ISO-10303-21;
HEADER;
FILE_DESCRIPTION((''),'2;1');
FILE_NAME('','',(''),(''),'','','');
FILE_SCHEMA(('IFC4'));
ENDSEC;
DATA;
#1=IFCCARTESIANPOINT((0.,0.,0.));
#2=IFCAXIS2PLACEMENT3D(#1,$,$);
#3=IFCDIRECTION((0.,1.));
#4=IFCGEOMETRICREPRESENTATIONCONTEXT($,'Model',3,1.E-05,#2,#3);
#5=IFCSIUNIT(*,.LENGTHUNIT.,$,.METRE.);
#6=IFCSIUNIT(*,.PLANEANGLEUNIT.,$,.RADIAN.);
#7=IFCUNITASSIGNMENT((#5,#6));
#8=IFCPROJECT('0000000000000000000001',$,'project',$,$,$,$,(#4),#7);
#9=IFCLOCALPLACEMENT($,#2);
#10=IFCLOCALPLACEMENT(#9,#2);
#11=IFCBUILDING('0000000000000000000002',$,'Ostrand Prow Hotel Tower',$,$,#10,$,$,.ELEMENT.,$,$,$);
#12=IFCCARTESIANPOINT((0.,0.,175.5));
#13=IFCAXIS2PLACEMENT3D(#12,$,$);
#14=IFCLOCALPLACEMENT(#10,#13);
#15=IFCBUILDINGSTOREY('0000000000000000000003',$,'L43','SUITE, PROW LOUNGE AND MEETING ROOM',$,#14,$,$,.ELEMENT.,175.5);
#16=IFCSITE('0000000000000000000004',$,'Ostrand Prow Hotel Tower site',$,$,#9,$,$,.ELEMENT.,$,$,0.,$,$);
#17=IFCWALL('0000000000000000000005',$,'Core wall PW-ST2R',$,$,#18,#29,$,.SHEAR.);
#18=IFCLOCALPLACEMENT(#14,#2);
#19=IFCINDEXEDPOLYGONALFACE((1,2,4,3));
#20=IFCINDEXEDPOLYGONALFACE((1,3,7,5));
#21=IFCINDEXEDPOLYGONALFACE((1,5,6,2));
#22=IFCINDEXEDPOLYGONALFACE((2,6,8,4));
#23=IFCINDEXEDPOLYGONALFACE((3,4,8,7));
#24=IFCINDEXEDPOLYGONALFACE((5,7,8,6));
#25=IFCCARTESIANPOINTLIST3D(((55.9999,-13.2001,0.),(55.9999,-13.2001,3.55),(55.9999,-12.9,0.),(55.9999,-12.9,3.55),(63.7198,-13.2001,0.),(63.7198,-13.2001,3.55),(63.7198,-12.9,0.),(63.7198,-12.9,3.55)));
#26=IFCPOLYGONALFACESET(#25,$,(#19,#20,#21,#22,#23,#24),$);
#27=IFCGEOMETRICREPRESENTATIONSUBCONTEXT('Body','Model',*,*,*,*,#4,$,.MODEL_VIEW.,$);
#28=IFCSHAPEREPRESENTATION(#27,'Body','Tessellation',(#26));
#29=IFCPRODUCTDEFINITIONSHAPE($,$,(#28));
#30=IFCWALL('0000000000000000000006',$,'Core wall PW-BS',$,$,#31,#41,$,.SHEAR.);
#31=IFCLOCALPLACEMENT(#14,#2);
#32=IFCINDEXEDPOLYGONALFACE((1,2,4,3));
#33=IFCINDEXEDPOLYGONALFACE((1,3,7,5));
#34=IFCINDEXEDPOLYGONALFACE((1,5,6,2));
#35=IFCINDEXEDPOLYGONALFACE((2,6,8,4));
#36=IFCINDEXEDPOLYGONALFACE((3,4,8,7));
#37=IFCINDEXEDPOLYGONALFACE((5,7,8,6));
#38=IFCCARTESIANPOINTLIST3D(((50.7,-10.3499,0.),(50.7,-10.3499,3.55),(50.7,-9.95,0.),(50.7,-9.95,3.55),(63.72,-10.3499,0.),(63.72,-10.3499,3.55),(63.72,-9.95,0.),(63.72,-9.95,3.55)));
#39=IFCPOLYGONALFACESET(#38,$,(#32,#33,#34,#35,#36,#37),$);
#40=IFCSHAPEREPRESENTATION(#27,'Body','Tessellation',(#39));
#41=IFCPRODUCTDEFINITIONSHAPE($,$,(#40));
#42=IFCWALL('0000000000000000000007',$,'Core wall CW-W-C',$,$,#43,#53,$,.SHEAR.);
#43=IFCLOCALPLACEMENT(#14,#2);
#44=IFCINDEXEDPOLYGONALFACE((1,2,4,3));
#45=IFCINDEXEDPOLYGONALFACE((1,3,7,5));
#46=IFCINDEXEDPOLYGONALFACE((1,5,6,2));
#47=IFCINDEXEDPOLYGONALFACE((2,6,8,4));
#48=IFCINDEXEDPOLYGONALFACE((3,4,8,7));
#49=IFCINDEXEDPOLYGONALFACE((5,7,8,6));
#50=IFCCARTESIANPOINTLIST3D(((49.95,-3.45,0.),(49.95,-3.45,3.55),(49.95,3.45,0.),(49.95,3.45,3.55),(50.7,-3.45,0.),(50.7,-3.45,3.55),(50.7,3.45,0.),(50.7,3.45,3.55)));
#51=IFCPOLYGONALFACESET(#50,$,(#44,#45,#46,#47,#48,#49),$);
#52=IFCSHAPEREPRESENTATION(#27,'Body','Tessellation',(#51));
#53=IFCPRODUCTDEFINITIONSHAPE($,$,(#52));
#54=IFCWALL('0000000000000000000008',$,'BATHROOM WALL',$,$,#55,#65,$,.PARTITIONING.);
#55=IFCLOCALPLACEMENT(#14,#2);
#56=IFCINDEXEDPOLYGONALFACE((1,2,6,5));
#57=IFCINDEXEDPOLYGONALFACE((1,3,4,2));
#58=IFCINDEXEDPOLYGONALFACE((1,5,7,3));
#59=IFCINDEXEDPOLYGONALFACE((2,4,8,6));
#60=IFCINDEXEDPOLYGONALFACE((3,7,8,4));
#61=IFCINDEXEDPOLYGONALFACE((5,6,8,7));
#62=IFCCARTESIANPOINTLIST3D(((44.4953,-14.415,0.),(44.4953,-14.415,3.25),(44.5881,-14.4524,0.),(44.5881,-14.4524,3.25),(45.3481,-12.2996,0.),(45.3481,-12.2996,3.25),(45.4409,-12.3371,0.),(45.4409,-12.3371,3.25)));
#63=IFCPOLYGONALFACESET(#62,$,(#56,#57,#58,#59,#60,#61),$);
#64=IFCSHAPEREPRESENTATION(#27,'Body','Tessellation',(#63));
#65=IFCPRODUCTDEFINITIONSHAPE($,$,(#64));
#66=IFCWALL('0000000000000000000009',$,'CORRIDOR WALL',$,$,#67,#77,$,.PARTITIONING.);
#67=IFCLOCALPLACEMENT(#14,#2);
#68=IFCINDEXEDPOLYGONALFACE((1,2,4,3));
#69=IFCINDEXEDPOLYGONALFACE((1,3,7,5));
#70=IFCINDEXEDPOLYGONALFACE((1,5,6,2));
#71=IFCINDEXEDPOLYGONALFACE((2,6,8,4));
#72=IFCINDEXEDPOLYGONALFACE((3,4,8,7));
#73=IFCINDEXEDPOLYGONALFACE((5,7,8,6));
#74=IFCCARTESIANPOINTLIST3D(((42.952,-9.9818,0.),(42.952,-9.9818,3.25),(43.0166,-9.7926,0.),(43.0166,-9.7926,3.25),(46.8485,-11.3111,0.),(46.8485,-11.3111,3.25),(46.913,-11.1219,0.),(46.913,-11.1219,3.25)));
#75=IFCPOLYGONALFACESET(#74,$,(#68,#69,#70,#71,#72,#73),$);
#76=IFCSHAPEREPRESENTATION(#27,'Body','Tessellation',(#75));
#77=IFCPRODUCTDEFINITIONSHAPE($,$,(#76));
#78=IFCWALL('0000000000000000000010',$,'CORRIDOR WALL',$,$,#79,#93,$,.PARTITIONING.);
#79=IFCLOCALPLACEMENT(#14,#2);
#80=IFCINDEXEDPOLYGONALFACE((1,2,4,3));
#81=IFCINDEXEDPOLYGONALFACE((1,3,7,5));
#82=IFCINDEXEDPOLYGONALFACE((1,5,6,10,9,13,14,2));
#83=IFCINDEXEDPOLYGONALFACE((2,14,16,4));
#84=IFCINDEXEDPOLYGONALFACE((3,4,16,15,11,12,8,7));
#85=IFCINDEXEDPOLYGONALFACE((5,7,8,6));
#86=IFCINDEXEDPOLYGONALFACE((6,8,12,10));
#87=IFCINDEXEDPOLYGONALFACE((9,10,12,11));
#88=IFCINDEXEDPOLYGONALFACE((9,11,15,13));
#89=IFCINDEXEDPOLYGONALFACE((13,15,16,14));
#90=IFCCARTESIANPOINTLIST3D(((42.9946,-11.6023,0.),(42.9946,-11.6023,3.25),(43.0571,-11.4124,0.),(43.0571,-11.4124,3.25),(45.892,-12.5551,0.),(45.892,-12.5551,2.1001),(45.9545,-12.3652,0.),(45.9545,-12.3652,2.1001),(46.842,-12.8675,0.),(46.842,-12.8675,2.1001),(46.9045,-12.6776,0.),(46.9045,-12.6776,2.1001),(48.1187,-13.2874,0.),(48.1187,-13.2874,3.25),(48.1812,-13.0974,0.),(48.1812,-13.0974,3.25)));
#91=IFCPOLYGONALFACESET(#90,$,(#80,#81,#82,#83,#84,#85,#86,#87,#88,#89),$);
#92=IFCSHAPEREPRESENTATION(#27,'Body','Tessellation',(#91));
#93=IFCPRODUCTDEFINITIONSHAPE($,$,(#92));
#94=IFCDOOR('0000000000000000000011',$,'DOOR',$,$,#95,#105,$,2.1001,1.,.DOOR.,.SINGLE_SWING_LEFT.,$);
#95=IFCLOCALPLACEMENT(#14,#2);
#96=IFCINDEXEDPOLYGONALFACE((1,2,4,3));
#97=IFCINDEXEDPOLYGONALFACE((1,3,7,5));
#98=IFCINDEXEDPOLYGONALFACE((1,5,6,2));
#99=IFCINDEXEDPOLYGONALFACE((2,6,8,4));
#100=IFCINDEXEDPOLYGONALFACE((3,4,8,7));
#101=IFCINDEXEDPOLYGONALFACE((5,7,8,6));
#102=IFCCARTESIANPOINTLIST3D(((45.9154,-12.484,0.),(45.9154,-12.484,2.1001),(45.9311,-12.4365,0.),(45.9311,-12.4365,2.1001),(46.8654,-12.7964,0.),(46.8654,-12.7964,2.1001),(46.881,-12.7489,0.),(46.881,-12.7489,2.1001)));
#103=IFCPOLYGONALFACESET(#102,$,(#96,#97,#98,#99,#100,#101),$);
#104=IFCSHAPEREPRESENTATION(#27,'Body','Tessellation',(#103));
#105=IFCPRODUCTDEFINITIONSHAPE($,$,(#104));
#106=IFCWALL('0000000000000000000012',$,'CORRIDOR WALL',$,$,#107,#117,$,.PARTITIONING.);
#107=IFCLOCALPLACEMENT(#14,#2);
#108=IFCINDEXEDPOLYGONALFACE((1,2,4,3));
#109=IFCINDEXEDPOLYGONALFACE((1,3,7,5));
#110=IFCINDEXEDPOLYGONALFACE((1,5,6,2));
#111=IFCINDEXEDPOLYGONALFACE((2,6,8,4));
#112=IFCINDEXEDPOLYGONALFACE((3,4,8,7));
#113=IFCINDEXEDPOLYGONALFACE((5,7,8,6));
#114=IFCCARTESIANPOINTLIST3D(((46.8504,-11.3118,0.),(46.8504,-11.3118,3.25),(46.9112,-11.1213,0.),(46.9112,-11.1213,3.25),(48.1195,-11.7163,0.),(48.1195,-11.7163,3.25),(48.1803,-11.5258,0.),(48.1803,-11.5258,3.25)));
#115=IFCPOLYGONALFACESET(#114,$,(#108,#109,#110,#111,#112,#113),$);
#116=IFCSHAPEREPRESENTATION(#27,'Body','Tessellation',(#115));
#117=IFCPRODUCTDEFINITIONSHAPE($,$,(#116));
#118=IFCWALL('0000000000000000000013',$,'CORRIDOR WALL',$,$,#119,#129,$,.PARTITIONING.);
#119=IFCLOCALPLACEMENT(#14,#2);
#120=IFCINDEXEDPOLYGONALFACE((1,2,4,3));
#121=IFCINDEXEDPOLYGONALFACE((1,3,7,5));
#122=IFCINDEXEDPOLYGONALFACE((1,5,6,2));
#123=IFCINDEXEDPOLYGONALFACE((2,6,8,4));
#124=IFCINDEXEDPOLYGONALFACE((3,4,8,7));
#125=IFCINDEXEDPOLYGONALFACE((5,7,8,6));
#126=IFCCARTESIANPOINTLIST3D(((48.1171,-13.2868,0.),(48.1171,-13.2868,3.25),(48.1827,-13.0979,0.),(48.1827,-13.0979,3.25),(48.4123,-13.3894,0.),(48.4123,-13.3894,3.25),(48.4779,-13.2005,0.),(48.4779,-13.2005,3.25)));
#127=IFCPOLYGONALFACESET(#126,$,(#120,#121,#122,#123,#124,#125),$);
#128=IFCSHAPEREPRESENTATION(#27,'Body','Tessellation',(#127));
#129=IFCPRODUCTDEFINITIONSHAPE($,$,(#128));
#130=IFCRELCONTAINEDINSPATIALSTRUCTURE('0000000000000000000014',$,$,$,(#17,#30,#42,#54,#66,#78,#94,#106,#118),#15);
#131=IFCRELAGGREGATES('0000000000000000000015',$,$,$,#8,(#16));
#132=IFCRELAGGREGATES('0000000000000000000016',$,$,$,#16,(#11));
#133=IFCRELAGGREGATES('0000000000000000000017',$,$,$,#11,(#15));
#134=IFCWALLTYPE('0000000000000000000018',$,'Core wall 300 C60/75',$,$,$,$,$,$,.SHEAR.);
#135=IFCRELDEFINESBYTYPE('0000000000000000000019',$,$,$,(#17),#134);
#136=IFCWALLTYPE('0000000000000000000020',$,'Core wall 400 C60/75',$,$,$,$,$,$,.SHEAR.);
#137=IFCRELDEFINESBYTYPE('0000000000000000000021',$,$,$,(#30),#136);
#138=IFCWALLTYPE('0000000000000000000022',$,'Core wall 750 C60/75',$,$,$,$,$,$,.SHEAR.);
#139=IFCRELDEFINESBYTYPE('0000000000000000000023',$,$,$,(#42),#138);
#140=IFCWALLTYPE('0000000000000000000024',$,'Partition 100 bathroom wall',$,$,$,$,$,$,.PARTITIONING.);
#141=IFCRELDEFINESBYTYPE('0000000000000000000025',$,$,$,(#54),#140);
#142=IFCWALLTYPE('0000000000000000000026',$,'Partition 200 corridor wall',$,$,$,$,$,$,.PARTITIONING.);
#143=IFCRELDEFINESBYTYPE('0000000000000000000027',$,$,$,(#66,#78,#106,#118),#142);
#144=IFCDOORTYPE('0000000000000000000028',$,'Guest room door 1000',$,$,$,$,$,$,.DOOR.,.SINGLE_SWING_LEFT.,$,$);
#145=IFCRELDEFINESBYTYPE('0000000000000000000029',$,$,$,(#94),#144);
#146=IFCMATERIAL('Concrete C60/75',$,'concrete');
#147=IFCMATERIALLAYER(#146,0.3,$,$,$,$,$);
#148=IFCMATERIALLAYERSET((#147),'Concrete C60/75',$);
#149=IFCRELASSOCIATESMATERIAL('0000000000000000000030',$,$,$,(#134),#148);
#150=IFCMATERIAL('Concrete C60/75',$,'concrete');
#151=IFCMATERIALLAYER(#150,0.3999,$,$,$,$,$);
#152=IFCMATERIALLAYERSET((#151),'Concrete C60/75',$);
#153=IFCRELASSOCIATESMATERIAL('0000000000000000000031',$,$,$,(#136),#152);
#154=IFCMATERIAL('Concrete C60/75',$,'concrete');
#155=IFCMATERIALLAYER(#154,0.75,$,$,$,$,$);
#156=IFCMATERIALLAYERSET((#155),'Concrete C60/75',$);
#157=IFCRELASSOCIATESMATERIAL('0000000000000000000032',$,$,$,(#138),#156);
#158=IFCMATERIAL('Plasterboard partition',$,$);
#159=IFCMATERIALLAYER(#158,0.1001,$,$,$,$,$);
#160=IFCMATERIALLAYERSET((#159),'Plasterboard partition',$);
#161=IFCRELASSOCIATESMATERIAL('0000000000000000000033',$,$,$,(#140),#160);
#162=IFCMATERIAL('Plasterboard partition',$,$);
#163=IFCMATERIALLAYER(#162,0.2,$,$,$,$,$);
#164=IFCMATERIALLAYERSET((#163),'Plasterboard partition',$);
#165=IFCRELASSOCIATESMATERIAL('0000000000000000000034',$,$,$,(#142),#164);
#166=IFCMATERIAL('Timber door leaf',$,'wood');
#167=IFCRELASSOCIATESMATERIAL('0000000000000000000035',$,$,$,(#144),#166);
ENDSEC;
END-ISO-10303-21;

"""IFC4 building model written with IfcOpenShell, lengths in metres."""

from ifc_helpers import new_model, si_unit, direction, frame, frame_2d, origin, place, context, subcontext, project, spatial, rectangle, extrude, material, layer, layer_set, type_object, element, fill, save


model = new_model("IFC4")

# Units and contexts
model_context = context("Model", 3, precision=1e-05, world=origin(), true_north=direction((0.0, 1.0)))
body_context = subcontext(model_context, "Body", "Model", "MODEL_VIEW")
ifc_project = project(units=[si_unit("LENGTHUNIT", "METRE"), si_unit("PLANEANGLEUNIT", "RADIAN")], contexts=[model_context])

# Site, building, storey
site_placement = place(None, origin())
site = spatial("IfcSite", under=ifc_project, at=site_placement, Name="Ostrand Prow Hotel Tower site", CompositionType="ELEMENT", RefElevation=0.0)
building_placement = place(site_placement, origin())
building = spatial("IfcBuilding", under=site, at=building_placement, Name="Ostrand Prow Hotel Tower", CompositionType="ELEMENT")
storey_placement = place(building_placement, frame((0.0, 0.0, 175.5)))
storey = spatial("IfcBuildingStorey", under=building, at=storey_placement, Name="L43", Description="SUITE, PROW LOUNGE AND MEETING ROOM", CompositionType="ELEMENT", Elevation=175.5)

# Shared definitions
ifc_material_1 = material(Name="Concrete C60/75", Category="concrete")
ifc_layer_1 = layer(ifc_material_1, 0.3)
ifc_layer_set_1 = layer_set([ifc_layer_1], Name="Concrete C60/75")
wall_type_1 = type_object("IfcWallType", Name="Core wall 300 C60/75", PredefinedType="SHEAR", material=ifc_layer_set_1)

# Walls
wall_1_placement = place(storey_placement, frame((56.0, -13.05, 0.0), z_axis=(0.0, 0.0, 1.0), x_axis=(1.0, 0.0, 0.0)))
element("IfcWall", 1, at=wall_1_placement, inside=storey, type_object=wall_type_1, Name="Core wall PW-ST2R", PredefinedType="SHEAR", context=body_context, shape_type="SweptSolid", body=[
    extrude(rectangle(XDim=7.72, YDim=0.3, at=frame_2d((3.8599, 0.0))), origin(), (0.0, 0.0, 1.0), 3.55),
])
ifc_material_2 = material(Name="Concrete C60/75", Category="concrete")
ifc_layer_2 = layer(ifc_material_2, 0.3999)
ifc_layer_set_2 = layer_set([ifc_layer_2], Name="Concrete C60/75")
wall_type_2 = type_object("IfcWallType", Name="Core wall 400 C60/75", PredefinedType="SHEAR", material=ifc_layer_set_2)
wall_2_placement = place(storey_placement, frame((50.7, -10.1499, 0.0), z_axis=(0.0, 0.0, 1.0), x_axis=(1.0, 0.0, 0.0)))
element("IfcWall", 2, at=wall_2_placement, inside=storey, type_object=wall_type_2, Name="Core wall PW-BS", PredefinedType="SHEAR", context=body_context, shape_type="SweptSolid", body=[
    extrude(rectangle(XDim=13.02, YDim=0.3999, at=frame_2d((6.51, 0.0))), origin(), (0.0, 0.0, 1.0), 3.55),
])
ifc_material_3 = material(Name="Concrete C60/75", Category="concrete")
ifc_layer_3 = layer(ifc_material_3, 0.75)
ifc_layer_set_3 = layer_set([ifc_layer_3], Name="Concrete C60/75")
wall_type_3 = type_object("IfcWallType", Name="Core wall 750 C60/75", PredefinedType="SHEAR", material=ifc_layer_set_3)
wall_3_placement = place(storey_placement, frame((50.325, -3.45, 0.0), z_axis=(0.0, 0.0, 1.0), x_axis=(0.0, 1.0, 0.0)))
element("IfcWall", 3, at=wall_3_placement, inside=storey, type_object=wall_type_3, Name="Core wall CW-W-C", PredefinedType="SHEAR", context=body_context, shape_type="SweptSolid", body=[
    extrude(rectangle(XDim=6.8999, YDim=0.75, at=frame_2d((3.45, 0.0))), origin(), (0.0, 0.0, 1.0), 3.55),
])
ifc_material_4 = material(Name="Plasterboard partition")
ifc_layer_4 = layer(ifc_material_4, 0.1001)
ifc_layer_set_4 = layer_set([ifc_layer_4], Name="Plasterboard partition")
wall_type_4 = type_object("IfcWallType", Name="Partition 100 bathroom wall", PredefinedType="PARTITIONING", material=ifc_layer_set_4)
wall_4_placement = place(storey_placement, frame((45.3945, -12.3184, 0.0), z_axis=(0.0, 0.0, 1.0), x_axis=(-0.373918, -0.927462, 0.0)))
element("IfcWall", 4, at=wall_4_placement, inside=storey, type_object=wall_type_4, Name="BATHROOM WALL", PredefinedType="PARTITIONING", context=body_context, shape_type="SweptSolid", body=[
    extrude(rectangle(XDim=2.2808, YDim=0.1001, at=frame_2d((1.1404, 0.0))), origin(), (0.0, 0.0, 1.0), 3.25),
])
ifc_material_5 = material(Name="Plasterboard partition")
ifc_layer_5 = layer(ifc_material_5, 0.2)
ifc_layer_set_5 = layer_set([ifc_layer_5], Name="Plasterboard partition")
wall_type_5 = type_object("IfcWallType", Name="Partition 200 corridor wall", PredefinedType="PARTITIONING", material=ifc_layer_set_5)
wall_5_placement = place(storey_placement, frame((46.8809, -11.2166, 0.0), z_axis=(0.0, 0.0, 1.0), x_axis=(-0.946436, 0.322891, 0.0)))
element("IfcWall", 5, at=wall_5_placement, inside=storey, type_object=wall_type_5, Name="CORRIDOR WALL", PredefinedType="PARTITIONING", context=body_context, shape_type="SweptSolid", body=[
    extrude(rectangle(XDim=4.1169, YDim=0.2, at=frame_2d((2.0586, 0.0))), origin(), (0.0, 0.0, 1.0), 3.25),
])

# Wall, opening, door
wall_6_placement = place(storey_placement, frame((43.0259, -11.5073, 0.0), z_axis=(0.0, 0.0, 1.0), x_axis=(0.949952, -0.312396, 0.0)))
wall_6 = element("IfcWall", 6, at=wall_6_placement, inside=storey, type_object=wall_type_5, Name="CORRIDOR WALL", PredefinedType="PARTITIONING", context=body_context, shape_type="SweptSolid", body=[
    extrude(rectangle(XDim=5.394, YDim=0.2, at=frame_2d((2.697, 0.0))), origin(), (0.0, 0.0, 1.0), 3.25),
])
opening_1_placement = place(wall_6_placement, frame((3.05, 0.0, 0.0)))
opening_1 = element("IfcOpeningElement", 7, at=opening_1_placement, cuts=wall_6, PredefinedType="OPENING", context=body_context, shape_type="SweptSolid", body=[
    extrude(rectangle(XDim=1.0, YDim=2.1001, at=frame_2d((0.5, 1.05))), frame((0.0, 0.1099, 0.0), z_axis=(0.0, -1.0, 0.0), x_axis=(1.0, 0.0, 0.0)), (0.0, 0.0, 1.0), 0.22),
])
ifc_material_6 = material(Name="Timber door leaf", Category="wood")
door_type_1 = type_object("IfcDoorType", Name="Guest room door 1000", OperationType="SINGLE_SWING_LEFT", PredefinedType="DOOR", material=ifc_material_6)
door_1_placement = place(opening_1_placement, origin())
door_1 = element("IfcDoor", 8, at=door_1_placement, inside=storey, type_object=door_type_1, Name="DOOR", OperationType="SINGLE_SWING_LEFT", OverallHeight=2.1001, OverallWidth=1.0, PredefinedType="DOOR", context=body_context, shape_type="SweptSolid", body=[
    extrude(rectangle(XDim=1.0, YDim=2.1001, at=frame_2d((0.5, 1.05))), frame((0.0, 0.0249, 0.0), z_axis=(0.0, -1.0, 0.0), x_axis=(1.0, 0.0, 0.0)), (0.0, 0.0, 1.0), 0.05),
])
fill(opening_1, door_1)

# Walls
wall_7_placement = place(storey_placement, frame((48.1499, -11.6211, 0.0), z_axis=(0.0, 0.0, 1.0), x_axis=(-0.952762, 0.303718, 0.0)))
element("IfcWall", 9, at=wall_7_placement, inside=storey, type_object=wall_type_5, Name="CORRIDOR WALL", PredefinedType="PARTITIONING", context=body_context, shape_type="SweptSolid", body=[
    extrude(rectangle(XDim=1.332, YDim=0.2, at=frame_2d((0.666, 0.0))), origin(), (0.0, 0.0, 1.0), 3.25),
])
wall_8_placement = place(storey_placement, frame((48.1499, -13.1924, 0.0), z_axis=(0.0, 0.0, 1.0), x_axis=(0.944623, -0.328157, 0.0)))
element("IfcWall", 10, at=wall_8_placement, inside=storey, type_object=wall_type_5, Name="CORRIDOR WALL", PredefinedType="PARTITIONING", context=body_context, shape_type="SweptSolid", body=[
    extrude(rectangle(XDim=0.3125, YDim=0.2, at=frame_2d((0.1562, 0.0))), origin(), (0.0, 0.0, 1.0), 3.25),
])

save(model, "model.ifc")
